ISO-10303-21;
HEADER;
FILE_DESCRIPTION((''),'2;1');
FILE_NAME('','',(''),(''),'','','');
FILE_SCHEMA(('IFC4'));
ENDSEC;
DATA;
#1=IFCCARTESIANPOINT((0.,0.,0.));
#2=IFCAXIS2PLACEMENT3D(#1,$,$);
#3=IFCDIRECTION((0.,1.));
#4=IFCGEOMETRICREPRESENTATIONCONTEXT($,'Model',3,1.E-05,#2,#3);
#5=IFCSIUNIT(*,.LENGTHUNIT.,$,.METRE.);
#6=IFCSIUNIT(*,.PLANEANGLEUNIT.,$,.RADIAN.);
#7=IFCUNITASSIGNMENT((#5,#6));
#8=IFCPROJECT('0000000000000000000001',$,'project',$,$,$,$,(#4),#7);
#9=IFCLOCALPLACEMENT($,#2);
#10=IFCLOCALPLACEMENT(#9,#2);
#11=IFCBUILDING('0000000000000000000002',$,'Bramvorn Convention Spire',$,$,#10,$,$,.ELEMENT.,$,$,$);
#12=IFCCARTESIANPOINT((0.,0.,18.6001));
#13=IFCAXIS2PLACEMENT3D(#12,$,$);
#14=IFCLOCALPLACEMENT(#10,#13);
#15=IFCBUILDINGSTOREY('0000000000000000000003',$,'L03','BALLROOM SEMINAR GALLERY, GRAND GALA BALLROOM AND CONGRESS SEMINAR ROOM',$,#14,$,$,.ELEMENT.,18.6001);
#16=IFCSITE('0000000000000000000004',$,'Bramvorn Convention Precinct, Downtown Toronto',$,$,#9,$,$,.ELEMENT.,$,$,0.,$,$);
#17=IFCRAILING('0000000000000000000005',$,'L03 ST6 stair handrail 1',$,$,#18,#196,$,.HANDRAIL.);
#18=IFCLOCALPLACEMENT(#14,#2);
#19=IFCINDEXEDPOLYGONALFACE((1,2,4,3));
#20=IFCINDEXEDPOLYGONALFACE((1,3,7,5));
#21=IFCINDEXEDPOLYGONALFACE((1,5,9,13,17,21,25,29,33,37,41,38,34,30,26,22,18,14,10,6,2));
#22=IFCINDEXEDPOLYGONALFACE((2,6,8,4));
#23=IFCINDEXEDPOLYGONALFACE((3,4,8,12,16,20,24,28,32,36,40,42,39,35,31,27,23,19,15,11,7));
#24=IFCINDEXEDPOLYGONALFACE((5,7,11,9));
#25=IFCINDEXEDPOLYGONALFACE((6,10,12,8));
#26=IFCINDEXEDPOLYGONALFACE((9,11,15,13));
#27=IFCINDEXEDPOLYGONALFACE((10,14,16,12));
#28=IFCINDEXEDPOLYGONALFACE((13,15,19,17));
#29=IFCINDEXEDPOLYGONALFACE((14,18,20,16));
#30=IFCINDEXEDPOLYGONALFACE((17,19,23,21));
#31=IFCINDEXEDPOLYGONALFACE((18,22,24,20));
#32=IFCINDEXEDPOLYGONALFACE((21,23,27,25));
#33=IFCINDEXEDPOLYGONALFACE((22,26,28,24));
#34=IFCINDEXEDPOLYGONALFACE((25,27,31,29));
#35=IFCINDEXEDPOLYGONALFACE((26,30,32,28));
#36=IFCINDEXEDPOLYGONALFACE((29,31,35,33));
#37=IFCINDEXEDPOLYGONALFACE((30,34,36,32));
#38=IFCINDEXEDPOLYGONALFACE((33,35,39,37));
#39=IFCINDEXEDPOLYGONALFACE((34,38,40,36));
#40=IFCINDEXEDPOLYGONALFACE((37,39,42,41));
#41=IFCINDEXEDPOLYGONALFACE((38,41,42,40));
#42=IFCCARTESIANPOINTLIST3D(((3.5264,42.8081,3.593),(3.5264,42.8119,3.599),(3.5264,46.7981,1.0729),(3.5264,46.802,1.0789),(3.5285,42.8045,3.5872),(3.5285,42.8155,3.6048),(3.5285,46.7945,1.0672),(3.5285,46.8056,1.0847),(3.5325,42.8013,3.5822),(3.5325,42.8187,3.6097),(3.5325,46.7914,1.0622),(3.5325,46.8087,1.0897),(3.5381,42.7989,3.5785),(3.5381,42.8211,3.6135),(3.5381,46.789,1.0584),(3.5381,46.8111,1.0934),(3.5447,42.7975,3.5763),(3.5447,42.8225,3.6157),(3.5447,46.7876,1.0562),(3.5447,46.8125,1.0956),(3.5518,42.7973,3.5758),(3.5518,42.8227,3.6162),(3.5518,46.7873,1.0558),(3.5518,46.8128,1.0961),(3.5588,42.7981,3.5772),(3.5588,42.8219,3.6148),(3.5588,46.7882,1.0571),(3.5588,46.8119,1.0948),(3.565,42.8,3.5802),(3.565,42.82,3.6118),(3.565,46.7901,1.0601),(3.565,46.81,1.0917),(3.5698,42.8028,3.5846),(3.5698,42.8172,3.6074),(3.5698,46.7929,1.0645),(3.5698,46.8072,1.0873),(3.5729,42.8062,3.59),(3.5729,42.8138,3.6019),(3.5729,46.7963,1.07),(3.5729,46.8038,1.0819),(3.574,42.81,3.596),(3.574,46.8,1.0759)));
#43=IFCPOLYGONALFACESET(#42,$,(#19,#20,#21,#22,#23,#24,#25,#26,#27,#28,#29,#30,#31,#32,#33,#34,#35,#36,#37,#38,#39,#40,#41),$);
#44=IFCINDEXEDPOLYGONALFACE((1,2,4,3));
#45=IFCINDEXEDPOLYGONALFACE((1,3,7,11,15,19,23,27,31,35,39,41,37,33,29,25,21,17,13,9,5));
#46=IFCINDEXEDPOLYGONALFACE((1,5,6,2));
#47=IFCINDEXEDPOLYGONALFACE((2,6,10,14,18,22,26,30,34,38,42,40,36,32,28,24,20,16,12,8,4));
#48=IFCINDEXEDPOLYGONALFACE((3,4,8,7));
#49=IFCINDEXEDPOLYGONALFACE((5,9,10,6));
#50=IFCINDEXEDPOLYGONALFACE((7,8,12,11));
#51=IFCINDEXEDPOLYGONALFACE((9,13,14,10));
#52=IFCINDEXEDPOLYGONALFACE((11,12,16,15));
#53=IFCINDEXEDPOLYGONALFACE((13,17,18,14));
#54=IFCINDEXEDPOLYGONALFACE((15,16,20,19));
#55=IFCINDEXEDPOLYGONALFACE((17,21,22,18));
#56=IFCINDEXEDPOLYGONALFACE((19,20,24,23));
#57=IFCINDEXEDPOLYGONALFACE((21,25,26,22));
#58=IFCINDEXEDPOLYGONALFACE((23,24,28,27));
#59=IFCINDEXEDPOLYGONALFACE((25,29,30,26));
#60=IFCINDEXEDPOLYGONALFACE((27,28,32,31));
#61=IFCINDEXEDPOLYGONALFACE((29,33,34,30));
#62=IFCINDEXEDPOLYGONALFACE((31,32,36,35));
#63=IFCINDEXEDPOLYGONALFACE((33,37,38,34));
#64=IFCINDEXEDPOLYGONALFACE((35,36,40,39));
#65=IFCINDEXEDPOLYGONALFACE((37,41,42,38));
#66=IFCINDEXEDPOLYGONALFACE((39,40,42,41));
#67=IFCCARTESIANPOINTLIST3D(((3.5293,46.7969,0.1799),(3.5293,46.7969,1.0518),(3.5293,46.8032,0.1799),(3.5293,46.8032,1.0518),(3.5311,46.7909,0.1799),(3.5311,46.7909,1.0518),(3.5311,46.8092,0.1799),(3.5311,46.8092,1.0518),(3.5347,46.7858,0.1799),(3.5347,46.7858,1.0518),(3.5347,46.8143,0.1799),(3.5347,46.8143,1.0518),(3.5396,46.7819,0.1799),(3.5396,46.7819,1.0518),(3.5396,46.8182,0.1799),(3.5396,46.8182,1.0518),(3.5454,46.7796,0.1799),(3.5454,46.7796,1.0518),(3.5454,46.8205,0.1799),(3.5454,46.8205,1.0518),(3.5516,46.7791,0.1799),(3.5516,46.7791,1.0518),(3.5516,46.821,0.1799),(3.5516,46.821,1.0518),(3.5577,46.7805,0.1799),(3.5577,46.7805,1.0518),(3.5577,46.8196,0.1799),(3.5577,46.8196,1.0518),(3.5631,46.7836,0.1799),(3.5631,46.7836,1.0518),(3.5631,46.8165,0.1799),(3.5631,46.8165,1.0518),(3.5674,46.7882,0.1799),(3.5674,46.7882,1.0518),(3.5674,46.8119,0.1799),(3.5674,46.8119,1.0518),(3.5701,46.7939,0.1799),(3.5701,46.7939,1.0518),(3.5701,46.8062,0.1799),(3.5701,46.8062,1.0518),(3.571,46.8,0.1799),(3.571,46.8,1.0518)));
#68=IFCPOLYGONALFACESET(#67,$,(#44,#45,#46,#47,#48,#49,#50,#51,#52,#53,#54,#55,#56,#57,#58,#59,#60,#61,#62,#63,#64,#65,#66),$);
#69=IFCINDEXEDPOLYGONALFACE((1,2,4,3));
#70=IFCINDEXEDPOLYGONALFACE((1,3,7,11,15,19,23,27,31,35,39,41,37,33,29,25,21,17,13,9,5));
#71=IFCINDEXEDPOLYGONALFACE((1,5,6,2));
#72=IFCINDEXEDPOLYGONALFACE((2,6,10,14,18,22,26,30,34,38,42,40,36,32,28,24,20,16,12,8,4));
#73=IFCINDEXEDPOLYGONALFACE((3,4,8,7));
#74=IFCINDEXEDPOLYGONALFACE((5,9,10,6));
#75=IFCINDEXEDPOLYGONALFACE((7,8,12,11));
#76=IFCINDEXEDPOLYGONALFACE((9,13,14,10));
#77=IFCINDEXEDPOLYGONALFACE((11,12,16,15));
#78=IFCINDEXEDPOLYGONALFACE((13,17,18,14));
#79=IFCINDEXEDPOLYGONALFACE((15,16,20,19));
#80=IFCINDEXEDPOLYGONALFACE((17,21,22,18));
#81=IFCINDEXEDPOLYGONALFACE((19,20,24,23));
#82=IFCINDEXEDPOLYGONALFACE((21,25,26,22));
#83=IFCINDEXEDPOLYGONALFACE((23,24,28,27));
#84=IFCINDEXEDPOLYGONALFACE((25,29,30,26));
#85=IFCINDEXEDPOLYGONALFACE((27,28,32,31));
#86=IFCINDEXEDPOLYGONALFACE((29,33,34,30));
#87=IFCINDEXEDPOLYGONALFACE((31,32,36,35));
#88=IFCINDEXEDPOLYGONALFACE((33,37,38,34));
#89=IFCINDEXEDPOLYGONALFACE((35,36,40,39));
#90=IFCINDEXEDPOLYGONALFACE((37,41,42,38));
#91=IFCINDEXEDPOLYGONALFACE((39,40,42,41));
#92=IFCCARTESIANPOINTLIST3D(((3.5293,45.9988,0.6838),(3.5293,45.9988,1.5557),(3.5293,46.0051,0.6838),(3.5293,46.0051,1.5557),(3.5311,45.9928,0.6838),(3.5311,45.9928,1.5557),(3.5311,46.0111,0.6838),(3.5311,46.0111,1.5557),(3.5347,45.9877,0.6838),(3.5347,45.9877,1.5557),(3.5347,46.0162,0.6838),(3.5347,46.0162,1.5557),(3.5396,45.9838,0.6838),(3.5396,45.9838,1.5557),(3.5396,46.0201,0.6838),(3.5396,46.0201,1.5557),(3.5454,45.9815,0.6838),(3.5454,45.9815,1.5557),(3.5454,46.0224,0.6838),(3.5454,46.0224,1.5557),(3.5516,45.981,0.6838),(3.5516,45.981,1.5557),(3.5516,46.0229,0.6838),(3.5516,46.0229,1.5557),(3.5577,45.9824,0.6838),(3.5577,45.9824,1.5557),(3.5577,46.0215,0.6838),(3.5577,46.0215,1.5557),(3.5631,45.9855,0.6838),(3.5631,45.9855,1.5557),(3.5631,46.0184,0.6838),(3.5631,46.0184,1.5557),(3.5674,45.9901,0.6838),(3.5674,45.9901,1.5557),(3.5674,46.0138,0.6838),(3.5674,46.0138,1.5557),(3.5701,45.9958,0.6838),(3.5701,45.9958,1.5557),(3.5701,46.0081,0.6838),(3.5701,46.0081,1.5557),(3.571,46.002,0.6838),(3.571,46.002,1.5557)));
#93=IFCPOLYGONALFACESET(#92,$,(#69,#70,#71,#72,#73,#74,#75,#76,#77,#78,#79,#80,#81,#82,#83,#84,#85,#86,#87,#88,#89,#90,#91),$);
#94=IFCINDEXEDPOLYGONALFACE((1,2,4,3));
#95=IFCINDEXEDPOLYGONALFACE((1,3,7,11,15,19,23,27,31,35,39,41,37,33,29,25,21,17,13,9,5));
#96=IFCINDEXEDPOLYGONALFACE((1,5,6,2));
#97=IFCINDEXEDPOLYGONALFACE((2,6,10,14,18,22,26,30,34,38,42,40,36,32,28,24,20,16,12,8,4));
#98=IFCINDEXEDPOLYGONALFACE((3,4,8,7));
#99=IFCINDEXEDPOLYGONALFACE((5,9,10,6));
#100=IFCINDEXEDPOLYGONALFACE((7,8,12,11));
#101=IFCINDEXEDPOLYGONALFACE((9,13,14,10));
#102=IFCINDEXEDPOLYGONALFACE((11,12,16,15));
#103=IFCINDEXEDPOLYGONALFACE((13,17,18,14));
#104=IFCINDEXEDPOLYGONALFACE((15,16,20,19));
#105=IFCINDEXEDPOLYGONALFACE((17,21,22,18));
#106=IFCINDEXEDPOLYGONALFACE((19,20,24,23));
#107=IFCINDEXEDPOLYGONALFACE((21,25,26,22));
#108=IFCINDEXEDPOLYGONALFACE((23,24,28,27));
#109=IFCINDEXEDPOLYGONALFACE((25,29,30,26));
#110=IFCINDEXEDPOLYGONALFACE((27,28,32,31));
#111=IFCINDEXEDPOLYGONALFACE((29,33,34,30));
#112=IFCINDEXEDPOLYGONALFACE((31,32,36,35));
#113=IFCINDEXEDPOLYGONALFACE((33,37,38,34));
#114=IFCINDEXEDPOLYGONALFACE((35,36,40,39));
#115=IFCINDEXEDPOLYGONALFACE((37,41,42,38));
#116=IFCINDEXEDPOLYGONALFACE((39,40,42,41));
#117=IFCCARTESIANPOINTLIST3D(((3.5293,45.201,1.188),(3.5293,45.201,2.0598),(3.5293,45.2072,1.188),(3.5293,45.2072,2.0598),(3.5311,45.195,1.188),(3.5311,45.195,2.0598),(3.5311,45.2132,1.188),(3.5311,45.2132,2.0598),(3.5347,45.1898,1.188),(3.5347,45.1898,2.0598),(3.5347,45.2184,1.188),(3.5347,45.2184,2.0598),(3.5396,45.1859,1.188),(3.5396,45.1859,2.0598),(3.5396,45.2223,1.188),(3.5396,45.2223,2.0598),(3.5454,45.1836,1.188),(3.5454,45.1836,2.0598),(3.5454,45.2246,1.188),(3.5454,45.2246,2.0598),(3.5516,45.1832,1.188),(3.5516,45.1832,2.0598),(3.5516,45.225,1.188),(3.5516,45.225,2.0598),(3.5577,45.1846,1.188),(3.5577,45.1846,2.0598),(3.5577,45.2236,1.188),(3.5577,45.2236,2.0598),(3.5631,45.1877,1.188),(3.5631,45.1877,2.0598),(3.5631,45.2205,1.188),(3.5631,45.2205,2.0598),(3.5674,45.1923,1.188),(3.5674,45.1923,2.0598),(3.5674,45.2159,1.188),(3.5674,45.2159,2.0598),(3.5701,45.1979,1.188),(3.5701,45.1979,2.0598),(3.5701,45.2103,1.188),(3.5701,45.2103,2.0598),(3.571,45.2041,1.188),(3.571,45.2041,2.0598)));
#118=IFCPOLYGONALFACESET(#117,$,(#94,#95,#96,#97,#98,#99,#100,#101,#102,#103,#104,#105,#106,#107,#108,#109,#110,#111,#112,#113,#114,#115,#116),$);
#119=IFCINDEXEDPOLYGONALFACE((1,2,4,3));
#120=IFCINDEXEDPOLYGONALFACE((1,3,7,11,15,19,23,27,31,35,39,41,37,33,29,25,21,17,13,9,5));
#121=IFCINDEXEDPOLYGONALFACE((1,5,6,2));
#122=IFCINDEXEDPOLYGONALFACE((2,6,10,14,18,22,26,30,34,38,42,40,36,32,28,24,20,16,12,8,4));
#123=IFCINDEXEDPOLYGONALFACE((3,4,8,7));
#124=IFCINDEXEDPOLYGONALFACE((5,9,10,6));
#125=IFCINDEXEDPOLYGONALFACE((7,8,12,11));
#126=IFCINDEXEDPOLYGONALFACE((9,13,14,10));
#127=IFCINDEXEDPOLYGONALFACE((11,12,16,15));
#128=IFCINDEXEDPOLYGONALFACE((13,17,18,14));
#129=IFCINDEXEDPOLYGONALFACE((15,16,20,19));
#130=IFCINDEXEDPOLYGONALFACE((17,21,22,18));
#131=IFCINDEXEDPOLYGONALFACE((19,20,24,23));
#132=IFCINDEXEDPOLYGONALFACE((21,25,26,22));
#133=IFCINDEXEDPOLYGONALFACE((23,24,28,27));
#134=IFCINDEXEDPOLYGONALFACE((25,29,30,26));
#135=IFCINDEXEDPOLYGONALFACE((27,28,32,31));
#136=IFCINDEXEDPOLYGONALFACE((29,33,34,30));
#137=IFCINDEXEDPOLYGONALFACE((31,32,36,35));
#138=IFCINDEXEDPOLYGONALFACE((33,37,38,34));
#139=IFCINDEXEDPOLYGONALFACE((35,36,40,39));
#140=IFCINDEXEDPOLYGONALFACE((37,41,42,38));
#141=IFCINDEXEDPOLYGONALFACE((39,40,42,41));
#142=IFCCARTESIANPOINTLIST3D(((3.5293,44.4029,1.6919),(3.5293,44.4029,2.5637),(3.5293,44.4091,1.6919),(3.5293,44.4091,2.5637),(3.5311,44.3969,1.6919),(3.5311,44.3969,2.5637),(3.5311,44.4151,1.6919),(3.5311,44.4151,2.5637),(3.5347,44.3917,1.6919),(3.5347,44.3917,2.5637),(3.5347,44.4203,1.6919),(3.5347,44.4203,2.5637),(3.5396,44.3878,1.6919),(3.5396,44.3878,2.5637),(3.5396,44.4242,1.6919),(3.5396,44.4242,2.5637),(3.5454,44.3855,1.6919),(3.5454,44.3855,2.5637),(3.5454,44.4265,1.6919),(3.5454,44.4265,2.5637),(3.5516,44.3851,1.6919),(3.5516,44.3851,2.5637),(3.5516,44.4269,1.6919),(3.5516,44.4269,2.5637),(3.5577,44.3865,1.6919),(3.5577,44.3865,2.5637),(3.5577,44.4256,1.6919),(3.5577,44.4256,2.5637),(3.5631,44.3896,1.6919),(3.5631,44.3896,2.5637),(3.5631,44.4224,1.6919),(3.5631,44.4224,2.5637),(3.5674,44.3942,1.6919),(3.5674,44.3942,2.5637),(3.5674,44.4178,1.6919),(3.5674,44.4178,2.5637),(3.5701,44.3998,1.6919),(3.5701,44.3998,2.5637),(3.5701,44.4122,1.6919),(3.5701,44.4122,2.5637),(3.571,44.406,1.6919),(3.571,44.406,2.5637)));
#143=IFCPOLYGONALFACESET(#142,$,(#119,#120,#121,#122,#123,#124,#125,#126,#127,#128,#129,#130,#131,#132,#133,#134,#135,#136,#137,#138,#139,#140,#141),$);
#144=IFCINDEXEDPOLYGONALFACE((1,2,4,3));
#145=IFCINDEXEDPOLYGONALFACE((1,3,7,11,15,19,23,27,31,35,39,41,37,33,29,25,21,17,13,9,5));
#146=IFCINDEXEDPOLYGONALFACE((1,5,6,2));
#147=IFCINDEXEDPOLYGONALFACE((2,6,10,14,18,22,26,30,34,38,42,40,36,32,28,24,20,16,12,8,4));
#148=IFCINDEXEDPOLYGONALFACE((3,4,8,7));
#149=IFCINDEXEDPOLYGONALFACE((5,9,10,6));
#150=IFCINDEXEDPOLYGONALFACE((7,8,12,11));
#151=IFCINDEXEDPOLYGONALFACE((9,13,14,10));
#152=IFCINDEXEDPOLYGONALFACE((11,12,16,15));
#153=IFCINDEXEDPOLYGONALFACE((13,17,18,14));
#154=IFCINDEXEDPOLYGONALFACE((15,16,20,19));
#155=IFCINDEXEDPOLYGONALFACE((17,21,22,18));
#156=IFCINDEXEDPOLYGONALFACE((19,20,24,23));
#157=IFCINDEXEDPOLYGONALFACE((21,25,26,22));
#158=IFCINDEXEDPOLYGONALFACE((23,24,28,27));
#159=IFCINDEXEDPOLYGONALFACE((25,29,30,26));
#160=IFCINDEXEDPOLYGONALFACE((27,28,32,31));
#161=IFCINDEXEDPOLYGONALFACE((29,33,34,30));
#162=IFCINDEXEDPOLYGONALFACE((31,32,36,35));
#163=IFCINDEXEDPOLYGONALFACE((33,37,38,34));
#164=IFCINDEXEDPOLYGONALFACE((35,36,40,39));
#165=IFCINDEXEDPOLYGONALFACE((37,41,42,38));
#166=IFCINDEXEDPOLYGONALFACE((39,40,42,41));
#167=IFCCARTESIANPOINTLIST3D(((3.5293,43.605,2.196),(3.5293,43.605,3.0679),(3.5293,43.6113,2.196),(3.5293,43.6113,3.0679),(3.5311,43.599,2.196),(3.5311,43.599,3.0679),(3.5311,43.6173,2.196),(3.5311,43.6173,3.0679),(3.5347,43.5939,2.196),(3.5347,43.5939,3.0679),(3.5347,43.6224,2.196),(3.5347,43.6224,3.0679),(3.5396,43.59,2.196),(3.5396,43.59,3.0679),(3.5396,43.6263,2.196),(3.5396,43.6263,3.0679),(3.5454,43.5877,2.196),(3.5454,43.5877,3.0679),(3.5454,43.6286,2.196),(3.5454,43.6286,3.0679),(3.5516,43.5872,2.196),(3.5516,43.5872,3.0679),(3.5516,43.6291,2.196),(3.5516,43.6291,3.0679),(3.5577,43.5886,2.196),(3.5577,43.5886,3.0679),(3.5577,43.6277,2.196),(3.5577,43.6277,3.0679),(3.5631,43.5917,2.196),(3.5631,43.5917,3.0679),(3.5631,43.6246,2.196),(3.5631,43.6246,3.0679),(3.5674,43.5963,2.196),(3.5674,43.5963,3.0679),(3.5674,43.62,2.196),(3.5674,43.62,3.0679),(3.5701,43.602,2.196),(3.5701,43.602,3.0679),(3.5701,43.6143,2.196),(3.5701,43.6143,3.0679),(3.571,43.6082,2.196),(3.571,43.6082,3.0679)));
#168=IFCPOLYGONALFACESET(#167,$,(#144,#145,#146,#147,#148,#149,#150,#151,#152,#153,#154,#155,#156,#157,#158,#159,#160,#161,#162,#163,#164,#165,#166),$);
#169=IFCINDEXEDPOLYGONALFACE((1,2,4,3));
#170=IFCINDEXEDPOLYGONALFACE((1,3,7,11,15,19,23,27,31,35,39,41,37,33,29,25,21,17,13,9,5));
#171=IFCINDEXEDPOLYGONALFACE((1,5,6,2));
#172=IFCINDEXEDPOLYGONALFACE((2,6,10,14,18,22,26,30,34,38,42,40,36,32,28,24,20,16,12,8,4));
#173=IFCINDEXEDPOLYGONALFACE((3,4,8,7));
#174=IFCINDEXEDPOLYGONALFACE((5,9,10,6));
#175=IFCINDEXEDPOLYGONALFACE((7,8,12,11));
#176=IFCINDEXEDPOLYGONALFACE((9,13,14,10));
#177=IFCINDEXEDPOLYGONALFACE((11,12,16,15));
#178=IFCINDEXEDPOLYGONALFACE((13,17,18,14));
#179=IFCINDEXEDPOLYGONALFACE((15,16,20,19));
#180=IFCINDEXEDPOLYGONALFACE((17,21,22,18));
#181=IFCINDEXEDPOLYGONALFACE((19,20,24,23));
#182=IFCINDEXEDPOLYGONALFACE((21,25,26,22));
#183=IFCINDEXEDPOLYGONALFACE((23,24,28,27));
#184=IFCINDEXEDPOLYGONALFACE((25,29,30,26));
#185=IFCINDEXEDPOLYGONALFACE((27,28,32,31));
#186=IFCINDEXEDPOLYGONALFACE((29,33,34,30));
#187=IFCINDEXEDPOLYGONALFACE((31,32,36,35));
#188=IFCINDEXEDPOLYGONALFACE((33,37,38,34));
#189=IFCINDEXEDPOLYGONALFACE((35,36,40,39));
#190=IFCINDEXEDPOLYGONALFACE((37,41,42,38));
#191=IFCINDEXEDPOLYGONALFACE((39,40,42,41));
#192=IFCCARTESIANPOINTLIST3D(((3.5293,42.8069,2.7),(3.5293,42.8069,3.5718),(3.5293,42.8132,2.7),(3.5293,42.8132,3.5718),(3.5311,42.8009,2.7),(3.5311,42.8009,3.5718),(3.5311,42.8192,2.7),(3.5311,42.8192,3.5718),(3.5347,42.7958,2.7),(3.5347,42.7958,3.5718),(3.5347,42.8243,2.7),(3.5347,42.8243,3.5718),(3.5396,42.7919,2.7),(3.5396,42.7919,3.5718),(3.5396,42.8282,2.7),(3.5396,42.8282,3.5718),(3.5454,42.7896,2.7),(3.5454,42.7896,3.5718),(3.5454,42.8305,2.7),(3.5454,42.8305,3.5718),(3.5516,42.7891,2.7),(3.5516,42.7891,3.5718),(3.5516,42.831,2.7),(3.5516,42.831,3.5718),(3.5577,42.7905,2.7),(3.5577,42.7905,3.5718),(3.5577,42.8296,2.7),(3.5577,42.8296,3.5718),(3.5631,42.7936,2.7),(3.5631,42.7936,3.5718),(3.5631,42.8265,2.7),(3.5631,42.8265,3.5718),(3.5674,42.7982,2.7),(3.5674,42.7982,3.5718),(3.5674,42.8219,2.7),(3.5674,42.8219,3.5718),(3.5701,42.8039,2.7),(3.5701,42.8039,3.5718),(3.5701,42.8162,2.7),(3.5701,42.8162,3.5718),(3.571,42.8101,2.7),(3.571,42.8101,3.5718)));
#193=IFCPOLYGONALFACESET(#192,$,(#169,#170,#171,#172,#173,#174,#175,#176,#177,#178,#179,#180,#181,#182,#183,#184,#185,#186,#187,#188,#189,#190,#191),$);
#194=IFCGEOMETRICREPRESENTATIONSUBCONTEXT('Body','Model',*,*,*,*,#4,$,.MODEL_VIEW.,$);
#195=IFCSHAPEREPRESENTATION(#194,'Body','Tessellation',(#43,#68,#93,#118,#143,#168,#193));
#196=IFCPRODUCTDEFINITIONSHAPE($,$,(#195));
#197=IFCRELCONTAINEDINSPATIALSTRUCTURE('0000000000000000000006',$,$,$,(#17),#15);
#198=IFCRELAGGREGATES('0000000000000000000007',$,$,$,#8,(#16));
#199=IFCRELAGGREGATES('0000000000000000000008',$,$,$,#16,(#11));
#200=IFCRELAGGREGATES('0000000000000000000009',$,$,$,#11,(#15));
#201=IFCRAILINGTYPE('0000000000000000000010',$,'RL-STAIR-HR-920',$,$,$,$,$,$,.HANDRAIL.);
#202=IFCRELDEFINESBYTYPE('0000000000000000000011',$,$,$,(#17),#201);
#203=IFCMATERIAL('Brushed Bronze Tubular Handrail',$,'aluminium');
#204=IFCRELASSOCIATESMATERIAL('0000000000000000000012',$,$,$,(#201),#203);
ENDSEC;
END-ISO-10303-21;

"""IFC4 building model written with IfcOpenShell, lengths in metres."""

from ifc_helpers import new_model, si_unit, direction, frame, origin, origin_2d, place, context, subcontext, project, spatial, circle, extrude, material, type_object, element, save


model = new_model("IFC4")

# Units and contexts
model_context = context("Model", 3, precision=1e-05, world=origin(), true_north=direction((0.0, 1.0)))
body_context = subcontext(model_context, "Body", "Model", "MODEL_VIEW")
ifc_project = project(units=[si_unit("LENGTHUNIT", "METRE"), si_unit("PLANEANGLEUNIT", "RADIAN")], contexts=[model_context])

# Site, building, storey
site_placement = place(None, origin())
site = spatial("IfcSite", under=ifc_project, at=site_placement, Name="Bramvorn Convention Precinct, Downtown Toronto", CompositionType="ELEMENT", RefElevation=0.0)
building_placement = place(site_placement, origin())
building = spatial("IfcBuilding", under=site, at=building_placement, Name="Bramvorn Convention Spire", CompositionType="ELEMENT")
storey_placement = place(building_placement, frame((0.0, 0.0, 18.6001)))
storey = spatial("IfcBuildingStorey", under=building, at=storey_placement, Name="L03", Description="BALLROOM SEMINAR GALLERY, GRAND GALA BALLROOM AND CONGRESS SEMINAR ROOM", CompositionType="ELEMENT", Elevation=18.6001)

# Railing
ifc_material_1 = material(Name="Brushed Bronze Tubular Handrail", Category="aluminium")
railing_type_1 = type_object("IfcRailingType", Name="RL-STAIR-HR-920", PredefinedType="HANDRAIL", material=ifc_material_1)
railing_1_placement = place(storey_placement, frame((3.55, 46.8, 0.1799)))
element("IfcRailing", 1, at=railing_1_placement, inside=storey, type_object=railing_type_1, Name="L03 ST6 stair handrail 1", PredefinedType="HANDRAIL", context=body_context, shape_type="SweptSolid", body=[
    extrude(circle(Radius=0.0239, at=origin_2d()), frame((0.0, 0.0, 0.896), z_axis=(0.0, -0.845486, 0.533997), x_axis=(1.0, 0.0, 0.0)), (0.0, 0.0, 1.0), 4.7192),
    extrude(circle(Radius=0.021, at=origin_2d()), origin(), (0.0, 0.0, 1.0), 0.8718),
    extrude(circle(Radius=0.021, at=origin_2d()), frame((0.0, -0.7981, 0.5039)), (0.0, 0.0, 1.0), 0.8718),
    extrude(circle(Radius=0.021, at=origin_2d()), frame((0.0, -1.5959, 1.0081)), (0.0, 0.0, 1.0), 0.8718),
    extrude(circle(Radius=0.021, at=origin_2d()), frame((0.0, -2.394, 1.512)), (0.0, 0.0, 1.0), 0.8718),
    extrude(circle(Radius=0.021, at=origin_2d()), frame((0.0, -3.1919, 2.0161)), (0.0, 0.0, 1.0), 0.8718),
    extrude(circle(Radius=0.021, at=origin_2d()), frame((0.0, -3.99, 2.52)), (0.0, 0.0, 1.0), 0.8718),
])

save(model, "model.ifc")
